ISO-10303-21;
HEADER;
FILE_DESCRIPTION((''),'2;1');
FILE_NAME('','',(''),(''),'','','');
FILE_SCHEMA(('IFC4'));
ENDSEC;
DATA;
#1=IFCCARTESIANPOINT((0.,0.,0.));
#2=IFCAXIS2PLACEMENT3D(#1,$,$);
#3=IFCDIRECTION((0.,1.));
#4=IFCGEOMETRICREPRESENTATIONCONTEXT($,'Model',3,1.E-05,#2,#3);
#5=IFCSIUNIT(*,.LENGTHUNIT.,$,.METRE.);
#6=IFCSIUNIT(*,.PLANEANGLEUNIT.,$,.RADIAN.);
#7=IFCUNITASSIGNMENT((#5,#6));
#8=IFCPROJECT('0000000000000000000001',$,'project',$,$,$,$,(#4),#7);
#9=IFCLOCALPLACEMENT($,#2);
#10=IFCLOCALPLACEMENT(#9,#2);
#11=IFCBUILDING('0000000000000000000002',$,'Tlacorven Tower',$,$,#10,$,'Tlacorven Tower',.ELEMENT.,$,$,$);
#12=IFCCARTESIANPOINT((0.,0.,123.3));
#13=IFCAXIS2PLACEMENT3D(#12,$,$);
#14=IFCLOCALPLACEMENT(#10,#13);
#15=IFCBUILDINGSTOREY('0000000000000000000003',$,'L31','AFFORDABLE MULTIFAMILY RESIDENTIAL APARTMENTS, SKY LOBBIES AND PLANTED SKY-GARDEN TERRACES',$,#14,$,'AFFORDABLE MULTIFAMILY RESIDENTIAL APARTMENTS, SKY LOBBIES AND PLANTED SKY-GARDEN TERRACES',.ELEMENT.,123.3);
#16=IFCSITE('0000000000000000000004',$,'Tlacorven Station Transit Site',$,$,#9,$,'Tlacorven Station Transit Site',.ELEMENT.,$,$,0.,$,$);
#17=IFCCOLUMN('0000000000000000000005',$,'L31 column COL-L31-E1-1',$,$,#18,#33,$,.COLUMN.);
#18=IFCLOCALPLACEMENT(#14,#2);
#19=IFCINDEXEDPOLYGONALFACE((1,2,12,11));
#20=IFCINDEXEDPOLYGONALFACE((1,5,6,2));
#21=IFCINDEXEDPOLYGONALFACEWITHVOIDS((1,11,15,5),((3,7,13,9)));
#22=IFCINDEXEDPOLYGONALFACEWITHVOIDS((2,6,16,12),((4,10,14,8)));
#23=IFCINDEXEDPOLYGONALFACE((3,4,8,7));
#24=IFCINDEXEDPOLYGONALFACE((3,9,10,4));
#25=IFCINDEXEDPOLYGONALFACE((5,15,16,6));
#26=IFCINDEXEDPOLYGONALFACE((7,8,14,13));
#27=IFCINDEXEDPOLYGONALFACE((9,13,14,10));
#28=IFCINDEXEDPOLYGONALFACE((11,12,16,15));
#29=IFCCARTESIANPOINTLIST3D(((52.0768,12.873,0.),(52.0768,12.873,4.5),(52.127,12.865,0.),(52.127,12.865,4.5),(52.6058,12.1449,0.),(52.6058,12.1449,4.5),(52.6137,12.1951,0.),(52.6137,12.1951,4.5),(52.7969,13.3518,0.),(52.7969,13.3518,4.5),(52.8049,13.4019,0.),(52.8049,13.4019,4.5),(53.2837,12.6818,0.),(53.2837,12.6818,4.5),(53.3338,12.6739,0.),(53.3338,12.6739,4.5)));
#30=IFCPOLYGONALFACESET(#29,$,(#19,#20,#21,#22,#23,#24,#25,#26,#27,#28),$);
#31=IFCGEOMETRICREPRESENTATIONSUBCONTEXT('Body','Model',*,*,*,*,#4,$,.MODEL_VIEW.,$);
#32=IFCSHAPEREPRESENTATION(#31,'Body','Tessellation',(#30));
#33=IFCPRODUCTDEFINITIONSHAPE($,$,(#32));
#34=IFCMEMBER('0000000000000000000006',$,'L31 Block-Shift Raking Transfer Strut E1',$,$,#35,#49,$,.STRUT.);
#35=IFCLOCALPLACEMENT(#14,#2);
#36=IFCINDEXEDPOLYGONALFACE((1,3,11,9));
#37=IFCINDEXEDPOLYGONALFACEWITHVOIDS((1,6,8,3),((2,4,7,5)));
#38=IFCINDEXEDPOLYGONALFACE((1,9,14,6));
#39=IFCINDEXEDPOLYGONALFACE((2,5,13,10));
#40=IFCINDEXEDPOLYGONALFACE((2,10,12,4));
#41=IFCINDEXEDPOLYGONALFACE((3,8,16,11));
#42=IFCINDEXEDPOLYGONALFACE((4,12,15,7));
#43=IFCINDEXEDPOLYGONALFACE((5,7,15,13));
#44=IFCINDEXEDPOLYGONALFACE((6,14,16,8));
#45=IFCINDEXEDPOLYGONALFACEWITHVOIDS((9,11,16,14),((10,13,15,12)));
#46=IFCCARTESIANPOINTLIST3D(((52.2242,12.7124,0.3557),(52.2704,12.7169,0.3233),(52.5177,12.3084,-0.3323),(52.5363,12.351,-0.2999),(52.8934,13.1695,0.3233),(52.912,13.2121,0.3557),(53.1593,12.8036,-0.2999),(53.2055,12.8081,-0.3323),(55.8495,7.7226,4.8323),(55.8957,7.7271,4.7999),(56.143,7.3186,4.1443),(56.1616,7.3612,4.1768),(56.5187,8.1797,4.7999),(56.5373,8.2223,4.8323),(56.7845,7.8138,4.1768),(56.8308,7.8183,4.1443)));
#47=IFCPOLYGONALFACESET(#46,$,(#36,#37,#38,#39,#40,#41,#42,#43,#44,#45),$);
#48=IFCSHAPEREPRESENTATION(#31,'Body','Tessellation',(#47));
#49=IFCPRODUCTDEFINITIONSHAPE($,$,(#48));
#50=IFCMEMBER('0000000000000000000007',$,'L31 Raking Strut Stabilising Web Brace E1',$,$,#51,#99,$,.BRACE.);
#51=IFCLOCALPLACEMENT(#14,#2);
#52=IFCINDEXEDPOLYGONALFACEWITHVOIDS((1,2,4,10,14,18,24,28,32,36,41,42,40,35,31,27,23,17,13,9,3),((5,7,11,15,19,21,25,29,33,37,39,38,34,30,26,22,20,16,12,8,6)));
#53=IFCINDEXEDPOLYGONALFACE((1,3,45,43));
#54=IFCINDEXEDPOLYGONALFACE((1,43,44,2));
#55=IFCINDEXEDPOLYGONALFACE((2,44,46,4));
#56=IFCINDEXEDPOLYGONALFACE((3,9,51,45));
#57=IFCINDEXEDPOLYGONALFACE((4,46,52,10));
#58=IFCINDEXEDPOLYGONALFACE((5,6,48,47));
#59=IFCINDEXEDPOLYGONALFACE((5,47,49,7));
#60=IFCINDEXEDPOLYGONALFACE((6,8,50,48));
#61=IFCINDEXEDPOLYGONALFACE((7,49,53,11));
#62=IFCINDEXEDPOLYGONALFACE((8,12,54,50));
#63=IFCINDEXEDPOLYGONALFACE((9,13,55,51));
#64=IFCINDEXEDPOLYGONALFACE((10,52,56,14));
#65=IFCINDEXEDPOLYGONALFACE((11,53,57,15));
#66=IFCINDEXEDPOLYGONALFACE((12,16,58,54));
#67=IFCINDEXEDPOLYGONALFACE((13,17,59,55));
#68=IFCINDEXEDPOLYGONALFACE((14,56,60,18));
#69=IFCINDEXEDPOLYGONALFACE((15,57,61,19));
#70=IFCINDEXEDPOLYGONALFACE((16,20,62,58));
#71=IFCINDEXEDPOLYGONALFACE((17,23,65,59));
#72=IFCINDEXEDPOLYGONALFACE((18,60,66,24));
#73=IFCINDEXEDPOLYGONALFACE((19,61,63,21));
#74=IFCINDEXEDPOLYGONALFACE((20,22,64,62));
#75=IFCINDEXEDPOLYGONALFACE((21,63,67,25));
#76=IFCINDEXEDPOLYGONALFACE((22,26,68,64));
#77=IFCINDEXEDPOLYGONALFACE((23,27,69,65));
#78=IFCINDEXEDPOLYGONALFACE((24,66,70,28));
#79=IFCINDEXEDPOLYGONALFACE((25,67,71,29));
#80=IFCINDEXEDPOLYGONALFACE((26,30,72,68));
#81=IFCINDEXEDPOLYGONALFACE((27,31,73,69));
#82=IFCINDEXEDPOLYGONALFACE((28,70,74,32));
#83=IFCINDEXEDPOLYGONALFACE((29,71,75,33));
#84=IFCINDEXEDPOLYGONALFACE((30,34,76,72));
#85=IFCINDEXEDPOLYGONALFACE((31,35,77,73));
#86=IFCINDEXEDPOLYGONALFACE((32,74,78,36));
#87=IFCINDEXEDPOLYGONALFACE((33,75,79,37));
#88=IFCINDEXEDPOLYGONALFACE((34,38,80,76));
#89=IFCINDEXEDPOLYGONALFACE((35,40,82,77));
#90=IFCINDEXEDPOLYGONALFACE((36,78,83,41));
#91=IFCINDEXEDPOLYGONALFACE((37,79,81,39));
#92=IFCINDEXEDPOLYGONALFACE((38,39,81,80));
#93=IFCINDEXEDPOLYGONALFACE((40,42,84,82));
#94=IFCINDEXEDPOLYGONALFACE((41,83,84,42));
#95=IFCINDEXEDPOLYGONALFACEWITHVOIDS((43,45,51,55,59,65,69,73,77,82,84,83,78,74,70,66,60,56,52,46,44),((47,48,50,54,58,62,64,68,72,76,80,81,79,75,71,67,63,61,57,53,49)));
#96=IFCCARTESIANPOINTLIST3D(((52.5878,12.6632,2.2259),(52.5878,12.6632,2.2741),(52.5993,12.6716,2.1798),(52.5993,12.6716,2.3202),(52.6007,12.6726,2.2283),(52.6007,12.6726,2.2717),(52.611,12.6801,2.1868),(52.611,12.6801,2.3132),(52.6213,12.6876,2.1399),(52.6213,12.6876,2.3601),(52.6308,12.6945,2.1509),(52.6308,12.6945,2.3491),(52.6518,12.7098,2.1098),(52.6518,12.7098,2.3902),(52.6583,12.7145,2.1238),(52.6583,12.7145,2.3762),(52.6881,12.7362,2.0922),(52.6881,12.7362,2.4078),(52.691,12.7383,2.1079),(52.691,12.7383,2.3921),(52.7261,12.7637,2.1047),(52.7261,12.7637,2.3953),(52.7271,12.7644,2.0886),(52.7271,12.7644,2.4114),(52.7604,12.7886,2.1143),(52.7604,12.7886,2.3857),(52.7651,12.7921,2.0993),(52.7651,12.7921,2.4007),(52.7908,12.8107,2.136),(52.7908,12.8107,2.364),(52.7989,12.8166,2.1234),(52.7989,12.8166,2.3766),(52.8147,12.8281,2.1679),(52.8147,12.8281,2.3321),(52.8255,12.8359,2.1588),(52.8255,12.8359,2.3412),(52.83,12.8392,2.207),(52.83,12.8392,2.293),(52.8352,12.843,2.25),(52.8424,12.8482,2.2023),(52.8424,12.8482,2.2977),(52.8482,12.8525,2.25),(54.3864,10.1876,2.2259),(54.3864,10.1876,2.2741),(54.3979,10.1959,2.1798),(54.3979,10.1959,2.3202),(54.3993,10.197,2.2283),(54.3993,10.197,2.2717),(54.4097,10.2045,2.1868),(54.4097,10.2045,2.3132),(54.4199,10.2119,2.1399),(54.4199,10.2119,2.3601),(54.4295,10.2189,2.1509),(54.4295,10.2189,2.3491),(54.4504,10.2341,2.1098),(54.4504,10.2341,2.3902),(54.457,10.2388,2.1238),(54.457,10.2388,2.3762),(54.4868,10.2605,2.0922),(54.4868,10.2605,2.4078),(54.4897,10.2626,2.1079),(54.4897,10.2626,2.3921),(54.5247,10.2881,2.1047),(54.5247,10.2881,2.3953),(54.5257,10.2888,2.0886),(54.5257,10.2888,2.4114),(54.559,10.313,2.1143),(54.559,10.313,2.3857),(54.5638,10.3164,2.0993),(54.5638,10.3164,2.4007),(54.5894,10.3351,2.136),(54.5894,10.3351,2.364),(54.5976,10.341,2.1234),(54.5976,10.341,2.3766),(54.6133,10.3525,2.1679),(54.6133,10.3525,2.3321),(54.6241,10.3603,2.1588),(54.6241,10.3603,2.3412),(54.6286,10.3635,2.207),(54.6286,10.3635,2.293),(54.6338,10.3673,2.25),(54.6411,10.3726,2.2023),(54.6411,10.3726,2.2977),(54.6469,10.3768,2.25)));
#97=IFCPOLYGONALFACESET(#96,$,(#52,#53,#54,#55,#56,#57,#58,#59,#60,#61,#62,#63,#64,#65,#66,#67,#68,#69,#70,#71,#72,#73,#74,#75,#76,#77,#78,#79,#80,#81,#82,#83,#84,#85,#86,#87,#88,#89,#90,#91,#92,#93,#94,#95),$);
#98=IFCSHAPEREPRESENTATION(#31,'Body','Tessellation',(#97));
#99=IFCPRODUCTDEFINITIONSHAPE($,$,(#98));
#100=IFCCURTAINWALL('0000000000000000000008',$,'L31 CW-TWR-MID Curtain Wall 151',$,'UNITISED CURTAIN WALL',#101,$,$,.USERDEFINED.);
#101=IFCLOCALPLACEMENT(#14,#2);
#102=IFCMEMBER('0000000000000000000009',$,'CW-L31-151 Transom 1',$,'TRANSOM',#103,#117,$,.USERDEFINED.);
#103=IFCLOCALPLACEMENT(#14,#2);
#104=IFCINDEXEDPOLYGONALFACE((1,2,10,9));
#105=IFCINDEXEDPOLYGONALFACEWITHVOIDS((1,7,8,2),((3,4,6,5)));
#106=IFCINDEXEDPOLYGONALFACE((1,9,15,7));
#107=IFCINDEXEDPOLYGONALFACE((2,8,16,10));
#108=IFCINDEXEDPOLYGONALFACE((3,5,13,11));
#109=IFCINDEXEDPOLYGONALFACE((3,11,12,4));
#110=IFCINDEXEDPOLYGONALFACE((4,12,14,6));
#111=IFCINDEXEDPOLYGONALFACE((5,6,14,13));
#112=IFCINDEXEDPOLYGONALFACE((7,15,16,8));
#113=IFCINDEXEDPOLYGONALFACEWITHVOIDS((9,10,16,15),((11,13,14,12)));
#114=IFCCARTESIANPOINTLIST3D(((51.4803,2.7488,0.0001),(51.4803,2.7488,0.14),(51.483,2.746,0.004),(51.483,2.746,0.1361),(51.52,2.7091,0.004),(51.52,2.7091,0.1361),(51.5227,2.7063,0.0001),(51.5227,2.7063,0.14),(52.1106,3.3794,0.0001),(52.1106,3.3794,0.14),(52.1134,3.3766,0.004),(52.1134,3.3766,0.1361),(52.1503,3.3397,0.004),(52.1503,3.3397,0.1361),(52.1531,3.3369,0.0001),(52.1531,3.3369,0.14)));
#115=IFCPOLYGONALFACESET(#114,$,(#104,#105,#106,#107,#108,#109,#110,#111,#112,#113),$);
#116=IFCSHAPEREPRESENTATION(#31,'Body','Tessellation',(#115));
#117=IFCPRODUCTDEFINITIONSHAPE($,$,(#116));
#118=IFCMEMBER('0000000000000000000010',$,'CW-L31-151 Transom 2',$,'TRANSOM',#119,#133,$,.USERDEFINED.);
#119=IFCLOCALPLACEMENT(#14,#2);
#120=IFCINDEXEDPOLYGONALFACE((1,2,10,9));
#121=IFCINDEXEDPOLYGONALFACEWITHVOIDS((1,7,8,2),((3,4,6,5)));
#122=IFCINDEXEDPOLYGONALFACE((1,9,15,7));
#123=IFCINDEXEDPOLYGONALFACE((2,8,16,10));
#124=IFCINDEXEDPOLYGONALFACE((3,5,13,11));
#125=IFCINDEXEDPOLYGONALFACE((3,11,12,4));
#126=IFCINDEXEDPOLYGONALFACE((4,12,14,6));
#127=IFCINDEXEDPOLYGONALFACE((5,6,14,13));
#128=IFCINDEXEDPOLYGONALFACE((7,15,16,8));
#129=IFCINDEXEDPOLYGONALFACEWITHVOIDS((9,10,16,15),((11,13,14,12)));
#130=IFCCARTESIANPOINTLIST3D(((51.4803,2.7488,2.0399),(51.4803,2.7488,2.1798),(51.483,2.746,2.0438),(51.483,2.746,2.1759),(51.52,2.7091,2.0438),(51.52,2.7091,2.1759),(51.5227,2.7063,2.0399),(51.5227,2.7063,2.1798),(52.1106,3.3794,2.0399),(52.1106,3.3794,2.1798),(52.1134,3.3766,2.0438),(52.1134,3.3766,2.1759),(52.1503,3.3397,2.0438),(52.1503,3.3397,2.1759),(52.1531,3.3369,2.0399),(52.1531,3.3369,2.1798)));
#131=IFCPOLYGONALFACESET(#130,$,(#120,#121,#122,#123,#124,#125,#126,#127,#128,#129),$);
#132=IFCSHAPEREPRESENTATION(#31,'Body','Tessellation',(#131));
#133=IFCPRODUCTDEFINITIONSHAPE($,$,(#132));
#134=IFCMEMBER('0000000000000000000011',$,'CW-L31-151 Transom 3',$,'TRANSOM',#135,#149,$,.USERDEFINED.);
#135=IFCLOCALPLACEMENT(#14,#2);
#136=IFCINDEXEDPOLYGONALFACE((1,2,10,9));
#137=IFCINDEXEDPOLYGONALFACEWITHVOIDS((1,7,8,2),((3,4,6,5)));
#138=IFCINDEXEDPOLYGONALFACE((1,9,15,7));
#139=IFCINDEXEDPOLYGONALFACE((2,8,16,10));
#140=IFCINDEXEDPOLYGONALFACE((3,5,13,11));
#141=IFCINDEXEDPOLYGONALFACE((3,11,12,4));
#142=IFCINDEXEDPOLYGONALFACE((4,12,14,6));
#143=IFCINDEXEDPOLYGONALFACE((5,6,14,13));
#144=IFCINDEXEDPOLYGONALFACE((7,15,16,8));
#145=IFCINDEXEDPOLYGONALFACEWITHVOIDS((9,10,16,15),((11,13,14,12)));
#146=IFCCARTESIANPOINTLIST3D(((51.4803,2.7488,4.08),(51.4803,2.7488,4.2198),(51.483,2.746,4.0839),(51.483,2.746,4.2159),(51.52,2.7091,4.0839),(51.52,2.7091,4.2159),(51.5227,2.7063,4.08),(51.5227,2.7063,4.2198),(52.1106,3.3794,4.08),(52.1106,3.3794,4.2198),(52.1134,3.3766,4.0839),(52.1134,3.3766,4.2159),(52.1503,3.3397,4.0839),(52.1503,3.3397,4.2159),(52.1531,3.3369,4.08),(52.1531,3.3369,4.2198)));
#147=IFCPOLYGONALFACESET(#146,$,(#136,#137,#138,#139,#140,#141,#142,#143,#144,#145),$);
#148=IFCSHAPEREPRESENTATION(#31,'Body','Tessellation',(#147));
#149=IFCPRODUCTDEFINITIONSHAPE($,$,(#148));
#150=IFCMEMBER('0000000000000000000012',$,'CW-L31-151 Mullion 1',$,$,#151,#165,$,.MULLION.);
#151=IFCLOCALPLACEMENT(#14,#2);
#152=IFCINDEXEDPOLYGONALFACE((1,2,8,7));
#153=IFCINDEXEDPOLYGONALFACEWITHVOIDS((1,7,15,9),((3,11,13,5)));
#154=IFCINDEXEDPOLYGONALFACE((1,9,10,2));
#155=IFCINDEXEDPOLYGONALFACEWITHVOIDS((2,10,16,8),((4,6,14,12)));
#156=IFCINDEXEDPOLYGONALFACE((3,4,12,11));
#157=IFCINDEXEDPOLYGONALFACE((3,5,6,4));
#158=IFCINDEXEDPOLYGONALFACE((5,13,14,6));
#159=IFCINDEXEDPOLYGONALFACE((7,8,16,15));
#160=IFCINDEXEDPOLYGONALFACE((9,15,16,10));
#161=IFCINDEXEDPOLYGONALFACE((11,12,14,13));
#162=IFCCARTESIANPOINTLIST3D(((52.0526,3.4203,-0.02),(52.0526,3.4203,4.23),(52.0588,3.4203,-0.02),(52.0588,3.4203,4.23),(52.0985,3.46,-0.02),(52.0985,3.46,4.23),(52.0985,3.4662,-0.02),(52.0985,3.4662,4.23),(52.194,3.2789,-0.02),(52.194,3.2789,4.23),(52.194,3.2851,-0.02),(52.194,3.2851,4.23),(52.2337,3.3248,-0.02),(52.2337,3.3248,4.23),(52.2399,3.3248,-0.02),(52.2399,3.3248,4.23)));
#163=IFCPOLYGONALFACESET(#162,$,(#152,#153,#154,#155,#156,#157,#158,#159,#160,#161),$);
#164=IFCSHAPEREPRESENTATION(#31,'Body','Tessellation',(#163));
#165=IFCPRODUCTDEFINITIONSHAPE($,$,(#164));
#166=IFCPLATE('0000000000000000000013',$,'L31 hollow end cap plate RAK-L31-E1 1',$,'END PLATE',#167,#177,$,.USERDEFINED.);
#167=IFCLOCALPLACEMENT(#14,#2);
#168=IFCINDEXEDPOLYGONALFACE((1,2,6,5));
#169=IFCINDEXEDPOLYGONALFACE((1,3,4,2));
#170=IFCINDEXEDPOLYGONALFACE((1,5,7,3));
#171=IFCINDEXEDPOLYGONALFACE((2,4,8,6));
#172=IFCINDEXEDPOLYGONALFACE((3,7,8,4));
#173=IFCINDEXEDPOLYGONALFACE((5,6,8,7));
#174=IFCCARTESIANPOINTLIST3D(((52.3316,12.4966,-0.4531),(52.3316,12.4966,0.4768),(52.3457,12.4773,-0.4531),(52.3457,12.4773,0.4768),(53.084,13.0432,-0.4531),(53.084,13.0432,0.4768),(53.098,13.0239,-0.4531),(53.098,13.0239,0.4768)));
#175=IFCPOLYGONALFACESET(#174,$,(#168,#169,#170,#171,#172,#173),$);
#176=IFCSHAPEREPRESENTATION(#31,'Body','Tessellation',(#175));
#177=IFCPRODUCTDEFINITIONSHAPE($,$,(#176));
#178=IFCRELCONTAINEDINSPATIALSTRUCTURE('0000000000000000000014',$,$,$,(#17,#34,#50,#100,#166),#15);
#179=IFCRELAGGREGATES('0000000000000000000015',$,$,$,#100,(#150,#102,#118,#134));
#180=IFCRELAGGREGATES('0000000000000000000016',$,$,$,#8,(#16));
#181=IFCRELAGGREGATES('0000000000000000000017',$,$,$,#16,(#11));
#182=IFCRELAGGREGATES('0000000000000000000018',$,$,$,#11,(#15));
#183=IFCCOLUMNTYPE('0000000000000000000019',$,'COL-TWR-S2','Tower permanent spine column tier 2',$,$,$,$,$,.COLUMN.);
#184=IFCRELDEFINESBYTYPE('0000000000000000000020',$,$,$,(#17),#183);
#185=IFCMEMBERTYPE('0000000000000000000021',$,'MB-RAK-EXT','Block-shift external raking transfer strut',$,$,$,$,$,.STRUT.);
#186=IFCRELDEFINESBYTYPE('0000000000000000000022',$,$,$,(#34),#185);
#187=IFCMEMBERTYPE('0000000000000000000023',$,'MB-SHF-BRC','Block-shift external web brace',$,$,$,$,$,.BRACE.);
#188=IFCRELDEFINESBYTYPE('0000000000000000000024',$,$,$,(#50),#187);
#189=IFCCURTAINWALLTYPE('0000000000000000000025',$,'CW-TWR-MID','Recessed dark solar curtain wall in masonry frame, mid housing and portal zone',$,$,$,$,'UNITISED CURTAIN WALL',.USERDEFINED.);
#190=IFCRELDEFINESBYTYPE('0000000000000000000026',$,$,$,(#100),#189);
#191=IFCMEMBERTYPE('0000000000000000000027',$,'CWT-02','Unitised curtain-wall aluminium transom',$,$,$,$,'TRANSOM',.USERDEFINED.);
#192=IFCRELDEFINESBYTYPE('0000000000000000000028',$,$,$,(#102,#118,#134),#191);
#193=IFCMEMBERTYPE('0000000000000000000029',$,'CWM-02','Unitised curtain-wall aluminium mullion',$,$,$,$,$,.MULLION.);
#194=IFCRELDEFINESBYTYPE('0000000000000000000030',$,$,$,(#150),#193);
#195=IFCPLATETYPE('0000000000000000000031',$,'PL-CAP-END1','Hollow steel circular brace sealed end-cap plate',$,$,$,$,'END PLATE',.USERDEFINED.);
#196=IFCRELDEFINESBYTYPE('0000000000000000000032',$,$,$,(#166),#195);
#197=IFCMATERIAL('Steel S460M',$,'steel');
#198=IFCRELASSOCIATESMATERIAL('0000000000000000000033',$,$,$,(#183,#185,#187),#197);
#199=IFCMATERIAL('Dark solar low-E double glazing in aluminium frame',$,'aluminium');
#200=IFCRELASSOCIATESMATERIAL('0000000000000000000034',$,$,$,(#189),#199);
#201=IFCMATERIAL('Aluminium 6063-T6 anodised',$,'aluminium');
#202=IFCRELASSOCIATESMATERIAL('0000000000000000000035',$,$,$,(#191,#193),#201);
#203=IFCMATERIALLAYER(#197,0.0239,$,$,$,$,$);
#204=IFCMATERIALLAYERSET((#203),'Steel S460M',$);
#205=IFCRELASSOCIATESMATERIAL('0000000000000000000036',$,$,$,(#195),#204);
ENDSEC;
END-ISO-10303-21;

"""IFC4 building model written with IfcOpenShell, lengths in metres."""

from ifc_helpers import new_model, si_unit, direction, frame, origin, origin_2d, place, context, subcontext, project, spatial, rectangle, hollow_rectangle, hollow_circle, extrude, source, transform, mapped, material, layer, layer_set, material_profile, profile_set, type_object, element, aggregate, save


model = new_model("IFC4")

# Units and contexts
model_context = context("Model", 3, precision=1e-05, world=origin(), true_north=direction((0.0, 1.0)))
body_context = subcontext(model_context, "Body", "Model", "MODEL_VIEW")
ifc_project = project(units=[si_unit("LENGTHUNIT", "METRE"), si_unit("PLANEANGLEUNIT", "RADIAN")], contexts=[model_context])

# Site, building, storey
site_placement = place(None, origin())
site = spatial("IfcSite", under=ifc_project, at=site_placement, Name="Tlacorven Station Transit Site", LongName="Tlacorven Station Transit Site", CompositionType="ELEMENT", RefElevation=0.0)
building_placement = place(site_placement, origin())
building = spatial("IfcBuilding", under=site, at=building_placement, Name="Tlacorven Tower", LongName="Tlacorven Tower", CompositionType="ELEMENT")
storey_placement = place(building_placement, frame((0.0, 0.0, 123.3)))
storey = spatial("IfcBuildingStorey", under=building, at=storey_placement, Name="L31", Description="AFFORDABLE MULTIFAMILY RESIDENTIAL APARTMENTS, SKY LOBBIES AND PLANTED SKY-GARDEN TERRACES", LongName="AFFORDABLE MULTIFAMILY RESIDENTIAL APARTMENTS, SKY LOBBIES AND PLANTED SKY-GARDEN TERRACES", CompositionType="ELEMENT", Elevation=123.3)

# Column
ifc_material_1 = material(Name="Steel S460M", Category="steel")
ifc_material_profile_1 = material_profile(ifc_material_1, hollow_rectangle(XDim=0.8999, YDim=0.8999, WallThickness=0.0359, at=origin_2d()), Name="BOX 900X900X36")
ifc_profile_set_1 = profile_set([ifc_material_profile_1], Name="Steel S460M")
column_type = type_object("IfcColumnType", Name="COL-TWR-S2", Description="Tower permanent spine column tier 2", PredefinedType="COLUMN", material=ifc_profile_set_1)
shared_shape_1 = source(origin(), body_context, "Body", "SweptSolid", [
    extrude(hollow_rectangle(XDim=0.8999, YDim=0.8999, WallThickness=0.0359, at=origin_2d()), origin(), (0.0, 0.0, 1.0), 4.5),
])
column_placement = place(storey_placement, frame((52.7053, 12.7734, 0.0), z_axis=(0.0, 0.0, 1.0), x_axis=(0.809017, 0.587785, 0.0)))
element("IfcColumn", 1, at=column_placement, inside=storey, type_object=column_type, Name="L31 column COL-L31-E1-1", PredefinedType="COLUMN", context=body_context, shape_type="MappedRepresentation", body=[
    mapped(shared_shape_1, transform((0.0, 0.0, 0.0), scale=1.0)),
])

# Members
ifc_material_profile_2 = material_profile(ifc_material_1, hollow_rectangle(XDim=0.8501, YDim=0.8501, WallThickness=0.04, at=origin_2d()), Name="BOX 850X850X40")
ifc_profile_set_2 = profile_set([ifc_material_profile_2], Name="Steel S460M")
member_type_1 = type_object("IfcMemberType", Name="MB-RAK-EXT", Description="Block-shift external raking transfer strut", PredefinedType="STRUT", material=ifc_profile_set_2)
shared_shape_2 = source(origin(), body_context, "Body", "SweptSolid", [
    extrude(hollow_rectangle(XDim=0.8501, YDim=0.8501, WallThickness=0.04, at=origin_2d()), origin(), (0.0, 0.0, 1.0), 7.6211),
])
member_1_placement = place(storey_placement, frame((52.7148, 12.7603, 0.0117), z_axis=(0.475692, -0.654737, 0.587399), x_axis=(0.809018, 0.587783, 0.0)))
element("IfcMember", 2, at=member_1_placement, inside=storey, type_object=member_type_1, Name="L31 Block-Shift Raking Transfer Strut E1", PredefinedType="STRUT", context=body_context, shape_type="MappedRepresentation", body=[
    mapped(shared_shape_2, transform((0.0, 0.0, 0.0), scale=1.0)),
])
ifc_material_profile_3 = material_profile(ifc_material_1, hollow_circle(Radius=0.1619, WallThickness=0.0161, at=origin_2d()), Name="CHS 323.9X16")
ifc_profile_set_3 = profile_set([ifc_material_profile_3], Name="Steel S460M")
member_type_2 = type_object("IfcMemberType", Name="MB-SHF-BRC", Description="Block-shift external web brace", PredefinedType="BRACE", material=ifc_profile_set_3)
shared_shape_3 = source(origin(), body_context, "Body", "SweptSolid", [
    extrude(hollow_circle(Radius=0.1619, WallThickness=0.0161, at=origin_2d()), origin(), (0.0, 0.0, 1.0), 3.0601),
])
member_2_placement = place(storey_placement, frame((52.7173, 12.7573, 2.25), z_axis=(0.587778, -0.809022, 0.0), x_axis=(0.809022, 0.587778, 0.0)))
element("IfcMember", 3, at=member_2_placement, inside=storey, type_object=member_type_2, Name="L31 Raking Strut Stabilising Web Brace E1", PredefinedType="BRACE", context=body_context, shape_type="MappedRepresentation", body=[
    mapped(shared_shape_3, transform((0.0, 0.0, 0.0), scale=1.0)),
])

# Curtain wall, members
ifc_material_2 = material(Name="Dark solar low-E double glazing in aluminium frame", Category="aluminium")
curtain_wall_type = type_object("IfcCurtainWallType", Name="CW-TWR-MID", Description="Recessed dark solar curtain wall in masonry frame, mid housing and portal zone", ElementType="UNITISED CURTAIN WALL", PredefinedType="USERDEFINED", material=ifc_material_2)
curtain_wall_placement = place(storey_placement, origin())
curtain_wall = element("IfcCurtainWall", 4, at=curtain_wall_placement, inside=storey, type_object=curtain_wall_type, Name="L31 CW-TWR-MID Curtain Wall 151", ObjectType="UNITISED CURTAIN WALL", PredefinedType="USERDEFINED")
ifc_material_3 = material(Name="Aluminium 6063-T6 anodised", Category="aluminium")
ifc_material_profile_4 = material_profile(ifc_material_3, hollow_rectangle(XDim=0.0601, YDim=0.1399, WallThickness=0.0039, at=origin_2d()), Name="ALU TRANSOM 60X140")
ifc_profile_set_4 = profile_set([ifc_material_profile_4], Name="Aluminium 6063-T6 anodised")
member_type_3 = type_object("IfcMemberType", Name="CWT-02", Description="Unitised curtain-wall aluminium transom", ElementType="TRANSOM", PredefinedType="USERDEFINED", material=ifc_profile_set_4)
shared_shape_4 = source(origin(), body_context, "Body", "SweptSolid", [
    extrude(hollow_rectangle(XDim=0.0601, YDim=0.1399, WallThickness=0.0039, at=origin_2d()), origin(), (0.0, 0.0, 1.0), 0.8916),
])
member_3_placement = place(storey_placement, frame((52.1318, 3.3582, 0.0701), z_axis=(-0.70697, -0.707244, 0.0), x_axis=(0.707244, -0.70697, 0.0)))
member_3 = element("IfcMember", 5, at=member_3_placement, type_object=member_type_3, Name="CW-L31-151 Transom 1", ObjectType="TRANSOM", PredefinedType="USERDEFINED", context=body_context, shape_type="MappedRepresentation", body=[
    mapped(shared_shape_4, transform((0.0, 0.0, 0.0), scale=1.0)),
])
member_4_placement = place(storey_placement, frame((52.1318, 3.3582, 2.1099), z_axis=(-0.70697, -0.707244, 0.0), x_axis=(0.707244, -0.70697, 0.0)))
member_4 = element("IfcMember", 6, at=member_4_placement, type_object=member_type_3, Name="CW-L31-151 Transom 2", ObjectType="TRANSOM", PredefinedType="USERDEFINED", context=body_context, shape_type="MappedRepresentation", body=[
    mapped(shared_shape_4, transform((0.0, 0.0, 0.0), scale=1.0)),
])
member_5_placement = place(storey_placement, frame((52.1318, 3.3582, 4.1499), z_axis=(-0.70697, -0.707244, 0.0), x_axis=(0.707244, -0.70697, 0.0)))
member_5 = element("IfcMember", 7, at=member_5_placement, type_object=member_type_3, Name="CW-L31-151 Transom 3", ObjectType="TRANSOM", PredefinedType="USERDEFINED", context=body_context, shape_type="MappedRepresentation", body=[
    mapped(shared_shape_4, transform((0.0, 0.0, 0.0), scale=1.0)),
])
ifc_material_profile_5 = material_profile(ifc_material_3, hollow_rectangle(XDim=0.0649, YDim=0.2, WallThickness=0.0044, at=origin_2d()), Name="ALU MULLION 65X200")
ifc_profile_set_5 = profile_set([ifc_material_profile_5], Name="Aluminium 6063-T6 anodised")
member_type_4 = type_object("IfcMemberType", Name="CWM-02", Description="Unitised curtain-wall aluminium mullion", PredefinedType="MULLION", material=ifc_profile_set_5)
shared_shape_5 = source(origin(), body_context, "Body", "SweptSolid", [
    extrude(hollow_rectangle(XDim=0.0649, YDim=0.2, WallThickness=0.0044, at=origin_2d()), origin(), (0.0, 0.0, 1.0), 4.25),
])
member_6_placement = place(storey_placement, frame((52.1462, 3.3726, -0.02), z_axis=(0.0, 0.0, 1.0), x_axis=(-0.707107, -0.707107, 0.0)))
member_6 = element("IfcMember", 8, at=member_6_placement, type_object=member_type_4, Name="CW-L31-151 Mullion 1", PredefinedType="MULLION", context=body_context, shape_type="MappedRepresentation", body=[
    mapped(shared_shape_5, transform((0.0, 0.0, 0.0), scale=1.0)),
])
aggregate(curtain_wall, [member_6, member_3, member_4, member_5])

# Plate
ifc_layer_1 = layer(ifc_material_1, 0.0239)
ifc_layer_set_1 = layer_set([ifc_layer_1], Name="Steel S460M")
plate_type_1 = type_object("IfcPlateType", Name="PL-CAP-END1", Description="Hollow steel circular brace sealed end-cap plate", ElementType="END PLATE", PredefinedType="USERDEFINED", material=ifc_layer_set_1)
shared_shape_6 = source(origin(), body_context, "Body", "SweptSolid", [
    extrude(rectangle(XDim=0.0239, YDim=0.9299, at=origin_2d()), origin(), (0.0, 0.0, 1.0), 0.9299),
])
plate_1_placement = place(storey_placement, frame((52.7148, 12.7603, -0.4531), z_axis=(0.0, 0.0, 1.0), x_axis=(0.587785, -0.809017, 0.0)))
element("IfcPlate", 9, at=plate_1_placement, inside=storey, type_object=plate_type_1, Name="L31 hollow end cap plate RAK-L31-E1 1", ObjectType="END PLATE", PredefinedType="USERDEFINED", context=body_context, shape_type="MappedRepresentation", body=[
    mapped(shared_shape_6, transform((0.0, 0.0, 0.0), scale=1.0)),
])

save(model, "model.ifc")
